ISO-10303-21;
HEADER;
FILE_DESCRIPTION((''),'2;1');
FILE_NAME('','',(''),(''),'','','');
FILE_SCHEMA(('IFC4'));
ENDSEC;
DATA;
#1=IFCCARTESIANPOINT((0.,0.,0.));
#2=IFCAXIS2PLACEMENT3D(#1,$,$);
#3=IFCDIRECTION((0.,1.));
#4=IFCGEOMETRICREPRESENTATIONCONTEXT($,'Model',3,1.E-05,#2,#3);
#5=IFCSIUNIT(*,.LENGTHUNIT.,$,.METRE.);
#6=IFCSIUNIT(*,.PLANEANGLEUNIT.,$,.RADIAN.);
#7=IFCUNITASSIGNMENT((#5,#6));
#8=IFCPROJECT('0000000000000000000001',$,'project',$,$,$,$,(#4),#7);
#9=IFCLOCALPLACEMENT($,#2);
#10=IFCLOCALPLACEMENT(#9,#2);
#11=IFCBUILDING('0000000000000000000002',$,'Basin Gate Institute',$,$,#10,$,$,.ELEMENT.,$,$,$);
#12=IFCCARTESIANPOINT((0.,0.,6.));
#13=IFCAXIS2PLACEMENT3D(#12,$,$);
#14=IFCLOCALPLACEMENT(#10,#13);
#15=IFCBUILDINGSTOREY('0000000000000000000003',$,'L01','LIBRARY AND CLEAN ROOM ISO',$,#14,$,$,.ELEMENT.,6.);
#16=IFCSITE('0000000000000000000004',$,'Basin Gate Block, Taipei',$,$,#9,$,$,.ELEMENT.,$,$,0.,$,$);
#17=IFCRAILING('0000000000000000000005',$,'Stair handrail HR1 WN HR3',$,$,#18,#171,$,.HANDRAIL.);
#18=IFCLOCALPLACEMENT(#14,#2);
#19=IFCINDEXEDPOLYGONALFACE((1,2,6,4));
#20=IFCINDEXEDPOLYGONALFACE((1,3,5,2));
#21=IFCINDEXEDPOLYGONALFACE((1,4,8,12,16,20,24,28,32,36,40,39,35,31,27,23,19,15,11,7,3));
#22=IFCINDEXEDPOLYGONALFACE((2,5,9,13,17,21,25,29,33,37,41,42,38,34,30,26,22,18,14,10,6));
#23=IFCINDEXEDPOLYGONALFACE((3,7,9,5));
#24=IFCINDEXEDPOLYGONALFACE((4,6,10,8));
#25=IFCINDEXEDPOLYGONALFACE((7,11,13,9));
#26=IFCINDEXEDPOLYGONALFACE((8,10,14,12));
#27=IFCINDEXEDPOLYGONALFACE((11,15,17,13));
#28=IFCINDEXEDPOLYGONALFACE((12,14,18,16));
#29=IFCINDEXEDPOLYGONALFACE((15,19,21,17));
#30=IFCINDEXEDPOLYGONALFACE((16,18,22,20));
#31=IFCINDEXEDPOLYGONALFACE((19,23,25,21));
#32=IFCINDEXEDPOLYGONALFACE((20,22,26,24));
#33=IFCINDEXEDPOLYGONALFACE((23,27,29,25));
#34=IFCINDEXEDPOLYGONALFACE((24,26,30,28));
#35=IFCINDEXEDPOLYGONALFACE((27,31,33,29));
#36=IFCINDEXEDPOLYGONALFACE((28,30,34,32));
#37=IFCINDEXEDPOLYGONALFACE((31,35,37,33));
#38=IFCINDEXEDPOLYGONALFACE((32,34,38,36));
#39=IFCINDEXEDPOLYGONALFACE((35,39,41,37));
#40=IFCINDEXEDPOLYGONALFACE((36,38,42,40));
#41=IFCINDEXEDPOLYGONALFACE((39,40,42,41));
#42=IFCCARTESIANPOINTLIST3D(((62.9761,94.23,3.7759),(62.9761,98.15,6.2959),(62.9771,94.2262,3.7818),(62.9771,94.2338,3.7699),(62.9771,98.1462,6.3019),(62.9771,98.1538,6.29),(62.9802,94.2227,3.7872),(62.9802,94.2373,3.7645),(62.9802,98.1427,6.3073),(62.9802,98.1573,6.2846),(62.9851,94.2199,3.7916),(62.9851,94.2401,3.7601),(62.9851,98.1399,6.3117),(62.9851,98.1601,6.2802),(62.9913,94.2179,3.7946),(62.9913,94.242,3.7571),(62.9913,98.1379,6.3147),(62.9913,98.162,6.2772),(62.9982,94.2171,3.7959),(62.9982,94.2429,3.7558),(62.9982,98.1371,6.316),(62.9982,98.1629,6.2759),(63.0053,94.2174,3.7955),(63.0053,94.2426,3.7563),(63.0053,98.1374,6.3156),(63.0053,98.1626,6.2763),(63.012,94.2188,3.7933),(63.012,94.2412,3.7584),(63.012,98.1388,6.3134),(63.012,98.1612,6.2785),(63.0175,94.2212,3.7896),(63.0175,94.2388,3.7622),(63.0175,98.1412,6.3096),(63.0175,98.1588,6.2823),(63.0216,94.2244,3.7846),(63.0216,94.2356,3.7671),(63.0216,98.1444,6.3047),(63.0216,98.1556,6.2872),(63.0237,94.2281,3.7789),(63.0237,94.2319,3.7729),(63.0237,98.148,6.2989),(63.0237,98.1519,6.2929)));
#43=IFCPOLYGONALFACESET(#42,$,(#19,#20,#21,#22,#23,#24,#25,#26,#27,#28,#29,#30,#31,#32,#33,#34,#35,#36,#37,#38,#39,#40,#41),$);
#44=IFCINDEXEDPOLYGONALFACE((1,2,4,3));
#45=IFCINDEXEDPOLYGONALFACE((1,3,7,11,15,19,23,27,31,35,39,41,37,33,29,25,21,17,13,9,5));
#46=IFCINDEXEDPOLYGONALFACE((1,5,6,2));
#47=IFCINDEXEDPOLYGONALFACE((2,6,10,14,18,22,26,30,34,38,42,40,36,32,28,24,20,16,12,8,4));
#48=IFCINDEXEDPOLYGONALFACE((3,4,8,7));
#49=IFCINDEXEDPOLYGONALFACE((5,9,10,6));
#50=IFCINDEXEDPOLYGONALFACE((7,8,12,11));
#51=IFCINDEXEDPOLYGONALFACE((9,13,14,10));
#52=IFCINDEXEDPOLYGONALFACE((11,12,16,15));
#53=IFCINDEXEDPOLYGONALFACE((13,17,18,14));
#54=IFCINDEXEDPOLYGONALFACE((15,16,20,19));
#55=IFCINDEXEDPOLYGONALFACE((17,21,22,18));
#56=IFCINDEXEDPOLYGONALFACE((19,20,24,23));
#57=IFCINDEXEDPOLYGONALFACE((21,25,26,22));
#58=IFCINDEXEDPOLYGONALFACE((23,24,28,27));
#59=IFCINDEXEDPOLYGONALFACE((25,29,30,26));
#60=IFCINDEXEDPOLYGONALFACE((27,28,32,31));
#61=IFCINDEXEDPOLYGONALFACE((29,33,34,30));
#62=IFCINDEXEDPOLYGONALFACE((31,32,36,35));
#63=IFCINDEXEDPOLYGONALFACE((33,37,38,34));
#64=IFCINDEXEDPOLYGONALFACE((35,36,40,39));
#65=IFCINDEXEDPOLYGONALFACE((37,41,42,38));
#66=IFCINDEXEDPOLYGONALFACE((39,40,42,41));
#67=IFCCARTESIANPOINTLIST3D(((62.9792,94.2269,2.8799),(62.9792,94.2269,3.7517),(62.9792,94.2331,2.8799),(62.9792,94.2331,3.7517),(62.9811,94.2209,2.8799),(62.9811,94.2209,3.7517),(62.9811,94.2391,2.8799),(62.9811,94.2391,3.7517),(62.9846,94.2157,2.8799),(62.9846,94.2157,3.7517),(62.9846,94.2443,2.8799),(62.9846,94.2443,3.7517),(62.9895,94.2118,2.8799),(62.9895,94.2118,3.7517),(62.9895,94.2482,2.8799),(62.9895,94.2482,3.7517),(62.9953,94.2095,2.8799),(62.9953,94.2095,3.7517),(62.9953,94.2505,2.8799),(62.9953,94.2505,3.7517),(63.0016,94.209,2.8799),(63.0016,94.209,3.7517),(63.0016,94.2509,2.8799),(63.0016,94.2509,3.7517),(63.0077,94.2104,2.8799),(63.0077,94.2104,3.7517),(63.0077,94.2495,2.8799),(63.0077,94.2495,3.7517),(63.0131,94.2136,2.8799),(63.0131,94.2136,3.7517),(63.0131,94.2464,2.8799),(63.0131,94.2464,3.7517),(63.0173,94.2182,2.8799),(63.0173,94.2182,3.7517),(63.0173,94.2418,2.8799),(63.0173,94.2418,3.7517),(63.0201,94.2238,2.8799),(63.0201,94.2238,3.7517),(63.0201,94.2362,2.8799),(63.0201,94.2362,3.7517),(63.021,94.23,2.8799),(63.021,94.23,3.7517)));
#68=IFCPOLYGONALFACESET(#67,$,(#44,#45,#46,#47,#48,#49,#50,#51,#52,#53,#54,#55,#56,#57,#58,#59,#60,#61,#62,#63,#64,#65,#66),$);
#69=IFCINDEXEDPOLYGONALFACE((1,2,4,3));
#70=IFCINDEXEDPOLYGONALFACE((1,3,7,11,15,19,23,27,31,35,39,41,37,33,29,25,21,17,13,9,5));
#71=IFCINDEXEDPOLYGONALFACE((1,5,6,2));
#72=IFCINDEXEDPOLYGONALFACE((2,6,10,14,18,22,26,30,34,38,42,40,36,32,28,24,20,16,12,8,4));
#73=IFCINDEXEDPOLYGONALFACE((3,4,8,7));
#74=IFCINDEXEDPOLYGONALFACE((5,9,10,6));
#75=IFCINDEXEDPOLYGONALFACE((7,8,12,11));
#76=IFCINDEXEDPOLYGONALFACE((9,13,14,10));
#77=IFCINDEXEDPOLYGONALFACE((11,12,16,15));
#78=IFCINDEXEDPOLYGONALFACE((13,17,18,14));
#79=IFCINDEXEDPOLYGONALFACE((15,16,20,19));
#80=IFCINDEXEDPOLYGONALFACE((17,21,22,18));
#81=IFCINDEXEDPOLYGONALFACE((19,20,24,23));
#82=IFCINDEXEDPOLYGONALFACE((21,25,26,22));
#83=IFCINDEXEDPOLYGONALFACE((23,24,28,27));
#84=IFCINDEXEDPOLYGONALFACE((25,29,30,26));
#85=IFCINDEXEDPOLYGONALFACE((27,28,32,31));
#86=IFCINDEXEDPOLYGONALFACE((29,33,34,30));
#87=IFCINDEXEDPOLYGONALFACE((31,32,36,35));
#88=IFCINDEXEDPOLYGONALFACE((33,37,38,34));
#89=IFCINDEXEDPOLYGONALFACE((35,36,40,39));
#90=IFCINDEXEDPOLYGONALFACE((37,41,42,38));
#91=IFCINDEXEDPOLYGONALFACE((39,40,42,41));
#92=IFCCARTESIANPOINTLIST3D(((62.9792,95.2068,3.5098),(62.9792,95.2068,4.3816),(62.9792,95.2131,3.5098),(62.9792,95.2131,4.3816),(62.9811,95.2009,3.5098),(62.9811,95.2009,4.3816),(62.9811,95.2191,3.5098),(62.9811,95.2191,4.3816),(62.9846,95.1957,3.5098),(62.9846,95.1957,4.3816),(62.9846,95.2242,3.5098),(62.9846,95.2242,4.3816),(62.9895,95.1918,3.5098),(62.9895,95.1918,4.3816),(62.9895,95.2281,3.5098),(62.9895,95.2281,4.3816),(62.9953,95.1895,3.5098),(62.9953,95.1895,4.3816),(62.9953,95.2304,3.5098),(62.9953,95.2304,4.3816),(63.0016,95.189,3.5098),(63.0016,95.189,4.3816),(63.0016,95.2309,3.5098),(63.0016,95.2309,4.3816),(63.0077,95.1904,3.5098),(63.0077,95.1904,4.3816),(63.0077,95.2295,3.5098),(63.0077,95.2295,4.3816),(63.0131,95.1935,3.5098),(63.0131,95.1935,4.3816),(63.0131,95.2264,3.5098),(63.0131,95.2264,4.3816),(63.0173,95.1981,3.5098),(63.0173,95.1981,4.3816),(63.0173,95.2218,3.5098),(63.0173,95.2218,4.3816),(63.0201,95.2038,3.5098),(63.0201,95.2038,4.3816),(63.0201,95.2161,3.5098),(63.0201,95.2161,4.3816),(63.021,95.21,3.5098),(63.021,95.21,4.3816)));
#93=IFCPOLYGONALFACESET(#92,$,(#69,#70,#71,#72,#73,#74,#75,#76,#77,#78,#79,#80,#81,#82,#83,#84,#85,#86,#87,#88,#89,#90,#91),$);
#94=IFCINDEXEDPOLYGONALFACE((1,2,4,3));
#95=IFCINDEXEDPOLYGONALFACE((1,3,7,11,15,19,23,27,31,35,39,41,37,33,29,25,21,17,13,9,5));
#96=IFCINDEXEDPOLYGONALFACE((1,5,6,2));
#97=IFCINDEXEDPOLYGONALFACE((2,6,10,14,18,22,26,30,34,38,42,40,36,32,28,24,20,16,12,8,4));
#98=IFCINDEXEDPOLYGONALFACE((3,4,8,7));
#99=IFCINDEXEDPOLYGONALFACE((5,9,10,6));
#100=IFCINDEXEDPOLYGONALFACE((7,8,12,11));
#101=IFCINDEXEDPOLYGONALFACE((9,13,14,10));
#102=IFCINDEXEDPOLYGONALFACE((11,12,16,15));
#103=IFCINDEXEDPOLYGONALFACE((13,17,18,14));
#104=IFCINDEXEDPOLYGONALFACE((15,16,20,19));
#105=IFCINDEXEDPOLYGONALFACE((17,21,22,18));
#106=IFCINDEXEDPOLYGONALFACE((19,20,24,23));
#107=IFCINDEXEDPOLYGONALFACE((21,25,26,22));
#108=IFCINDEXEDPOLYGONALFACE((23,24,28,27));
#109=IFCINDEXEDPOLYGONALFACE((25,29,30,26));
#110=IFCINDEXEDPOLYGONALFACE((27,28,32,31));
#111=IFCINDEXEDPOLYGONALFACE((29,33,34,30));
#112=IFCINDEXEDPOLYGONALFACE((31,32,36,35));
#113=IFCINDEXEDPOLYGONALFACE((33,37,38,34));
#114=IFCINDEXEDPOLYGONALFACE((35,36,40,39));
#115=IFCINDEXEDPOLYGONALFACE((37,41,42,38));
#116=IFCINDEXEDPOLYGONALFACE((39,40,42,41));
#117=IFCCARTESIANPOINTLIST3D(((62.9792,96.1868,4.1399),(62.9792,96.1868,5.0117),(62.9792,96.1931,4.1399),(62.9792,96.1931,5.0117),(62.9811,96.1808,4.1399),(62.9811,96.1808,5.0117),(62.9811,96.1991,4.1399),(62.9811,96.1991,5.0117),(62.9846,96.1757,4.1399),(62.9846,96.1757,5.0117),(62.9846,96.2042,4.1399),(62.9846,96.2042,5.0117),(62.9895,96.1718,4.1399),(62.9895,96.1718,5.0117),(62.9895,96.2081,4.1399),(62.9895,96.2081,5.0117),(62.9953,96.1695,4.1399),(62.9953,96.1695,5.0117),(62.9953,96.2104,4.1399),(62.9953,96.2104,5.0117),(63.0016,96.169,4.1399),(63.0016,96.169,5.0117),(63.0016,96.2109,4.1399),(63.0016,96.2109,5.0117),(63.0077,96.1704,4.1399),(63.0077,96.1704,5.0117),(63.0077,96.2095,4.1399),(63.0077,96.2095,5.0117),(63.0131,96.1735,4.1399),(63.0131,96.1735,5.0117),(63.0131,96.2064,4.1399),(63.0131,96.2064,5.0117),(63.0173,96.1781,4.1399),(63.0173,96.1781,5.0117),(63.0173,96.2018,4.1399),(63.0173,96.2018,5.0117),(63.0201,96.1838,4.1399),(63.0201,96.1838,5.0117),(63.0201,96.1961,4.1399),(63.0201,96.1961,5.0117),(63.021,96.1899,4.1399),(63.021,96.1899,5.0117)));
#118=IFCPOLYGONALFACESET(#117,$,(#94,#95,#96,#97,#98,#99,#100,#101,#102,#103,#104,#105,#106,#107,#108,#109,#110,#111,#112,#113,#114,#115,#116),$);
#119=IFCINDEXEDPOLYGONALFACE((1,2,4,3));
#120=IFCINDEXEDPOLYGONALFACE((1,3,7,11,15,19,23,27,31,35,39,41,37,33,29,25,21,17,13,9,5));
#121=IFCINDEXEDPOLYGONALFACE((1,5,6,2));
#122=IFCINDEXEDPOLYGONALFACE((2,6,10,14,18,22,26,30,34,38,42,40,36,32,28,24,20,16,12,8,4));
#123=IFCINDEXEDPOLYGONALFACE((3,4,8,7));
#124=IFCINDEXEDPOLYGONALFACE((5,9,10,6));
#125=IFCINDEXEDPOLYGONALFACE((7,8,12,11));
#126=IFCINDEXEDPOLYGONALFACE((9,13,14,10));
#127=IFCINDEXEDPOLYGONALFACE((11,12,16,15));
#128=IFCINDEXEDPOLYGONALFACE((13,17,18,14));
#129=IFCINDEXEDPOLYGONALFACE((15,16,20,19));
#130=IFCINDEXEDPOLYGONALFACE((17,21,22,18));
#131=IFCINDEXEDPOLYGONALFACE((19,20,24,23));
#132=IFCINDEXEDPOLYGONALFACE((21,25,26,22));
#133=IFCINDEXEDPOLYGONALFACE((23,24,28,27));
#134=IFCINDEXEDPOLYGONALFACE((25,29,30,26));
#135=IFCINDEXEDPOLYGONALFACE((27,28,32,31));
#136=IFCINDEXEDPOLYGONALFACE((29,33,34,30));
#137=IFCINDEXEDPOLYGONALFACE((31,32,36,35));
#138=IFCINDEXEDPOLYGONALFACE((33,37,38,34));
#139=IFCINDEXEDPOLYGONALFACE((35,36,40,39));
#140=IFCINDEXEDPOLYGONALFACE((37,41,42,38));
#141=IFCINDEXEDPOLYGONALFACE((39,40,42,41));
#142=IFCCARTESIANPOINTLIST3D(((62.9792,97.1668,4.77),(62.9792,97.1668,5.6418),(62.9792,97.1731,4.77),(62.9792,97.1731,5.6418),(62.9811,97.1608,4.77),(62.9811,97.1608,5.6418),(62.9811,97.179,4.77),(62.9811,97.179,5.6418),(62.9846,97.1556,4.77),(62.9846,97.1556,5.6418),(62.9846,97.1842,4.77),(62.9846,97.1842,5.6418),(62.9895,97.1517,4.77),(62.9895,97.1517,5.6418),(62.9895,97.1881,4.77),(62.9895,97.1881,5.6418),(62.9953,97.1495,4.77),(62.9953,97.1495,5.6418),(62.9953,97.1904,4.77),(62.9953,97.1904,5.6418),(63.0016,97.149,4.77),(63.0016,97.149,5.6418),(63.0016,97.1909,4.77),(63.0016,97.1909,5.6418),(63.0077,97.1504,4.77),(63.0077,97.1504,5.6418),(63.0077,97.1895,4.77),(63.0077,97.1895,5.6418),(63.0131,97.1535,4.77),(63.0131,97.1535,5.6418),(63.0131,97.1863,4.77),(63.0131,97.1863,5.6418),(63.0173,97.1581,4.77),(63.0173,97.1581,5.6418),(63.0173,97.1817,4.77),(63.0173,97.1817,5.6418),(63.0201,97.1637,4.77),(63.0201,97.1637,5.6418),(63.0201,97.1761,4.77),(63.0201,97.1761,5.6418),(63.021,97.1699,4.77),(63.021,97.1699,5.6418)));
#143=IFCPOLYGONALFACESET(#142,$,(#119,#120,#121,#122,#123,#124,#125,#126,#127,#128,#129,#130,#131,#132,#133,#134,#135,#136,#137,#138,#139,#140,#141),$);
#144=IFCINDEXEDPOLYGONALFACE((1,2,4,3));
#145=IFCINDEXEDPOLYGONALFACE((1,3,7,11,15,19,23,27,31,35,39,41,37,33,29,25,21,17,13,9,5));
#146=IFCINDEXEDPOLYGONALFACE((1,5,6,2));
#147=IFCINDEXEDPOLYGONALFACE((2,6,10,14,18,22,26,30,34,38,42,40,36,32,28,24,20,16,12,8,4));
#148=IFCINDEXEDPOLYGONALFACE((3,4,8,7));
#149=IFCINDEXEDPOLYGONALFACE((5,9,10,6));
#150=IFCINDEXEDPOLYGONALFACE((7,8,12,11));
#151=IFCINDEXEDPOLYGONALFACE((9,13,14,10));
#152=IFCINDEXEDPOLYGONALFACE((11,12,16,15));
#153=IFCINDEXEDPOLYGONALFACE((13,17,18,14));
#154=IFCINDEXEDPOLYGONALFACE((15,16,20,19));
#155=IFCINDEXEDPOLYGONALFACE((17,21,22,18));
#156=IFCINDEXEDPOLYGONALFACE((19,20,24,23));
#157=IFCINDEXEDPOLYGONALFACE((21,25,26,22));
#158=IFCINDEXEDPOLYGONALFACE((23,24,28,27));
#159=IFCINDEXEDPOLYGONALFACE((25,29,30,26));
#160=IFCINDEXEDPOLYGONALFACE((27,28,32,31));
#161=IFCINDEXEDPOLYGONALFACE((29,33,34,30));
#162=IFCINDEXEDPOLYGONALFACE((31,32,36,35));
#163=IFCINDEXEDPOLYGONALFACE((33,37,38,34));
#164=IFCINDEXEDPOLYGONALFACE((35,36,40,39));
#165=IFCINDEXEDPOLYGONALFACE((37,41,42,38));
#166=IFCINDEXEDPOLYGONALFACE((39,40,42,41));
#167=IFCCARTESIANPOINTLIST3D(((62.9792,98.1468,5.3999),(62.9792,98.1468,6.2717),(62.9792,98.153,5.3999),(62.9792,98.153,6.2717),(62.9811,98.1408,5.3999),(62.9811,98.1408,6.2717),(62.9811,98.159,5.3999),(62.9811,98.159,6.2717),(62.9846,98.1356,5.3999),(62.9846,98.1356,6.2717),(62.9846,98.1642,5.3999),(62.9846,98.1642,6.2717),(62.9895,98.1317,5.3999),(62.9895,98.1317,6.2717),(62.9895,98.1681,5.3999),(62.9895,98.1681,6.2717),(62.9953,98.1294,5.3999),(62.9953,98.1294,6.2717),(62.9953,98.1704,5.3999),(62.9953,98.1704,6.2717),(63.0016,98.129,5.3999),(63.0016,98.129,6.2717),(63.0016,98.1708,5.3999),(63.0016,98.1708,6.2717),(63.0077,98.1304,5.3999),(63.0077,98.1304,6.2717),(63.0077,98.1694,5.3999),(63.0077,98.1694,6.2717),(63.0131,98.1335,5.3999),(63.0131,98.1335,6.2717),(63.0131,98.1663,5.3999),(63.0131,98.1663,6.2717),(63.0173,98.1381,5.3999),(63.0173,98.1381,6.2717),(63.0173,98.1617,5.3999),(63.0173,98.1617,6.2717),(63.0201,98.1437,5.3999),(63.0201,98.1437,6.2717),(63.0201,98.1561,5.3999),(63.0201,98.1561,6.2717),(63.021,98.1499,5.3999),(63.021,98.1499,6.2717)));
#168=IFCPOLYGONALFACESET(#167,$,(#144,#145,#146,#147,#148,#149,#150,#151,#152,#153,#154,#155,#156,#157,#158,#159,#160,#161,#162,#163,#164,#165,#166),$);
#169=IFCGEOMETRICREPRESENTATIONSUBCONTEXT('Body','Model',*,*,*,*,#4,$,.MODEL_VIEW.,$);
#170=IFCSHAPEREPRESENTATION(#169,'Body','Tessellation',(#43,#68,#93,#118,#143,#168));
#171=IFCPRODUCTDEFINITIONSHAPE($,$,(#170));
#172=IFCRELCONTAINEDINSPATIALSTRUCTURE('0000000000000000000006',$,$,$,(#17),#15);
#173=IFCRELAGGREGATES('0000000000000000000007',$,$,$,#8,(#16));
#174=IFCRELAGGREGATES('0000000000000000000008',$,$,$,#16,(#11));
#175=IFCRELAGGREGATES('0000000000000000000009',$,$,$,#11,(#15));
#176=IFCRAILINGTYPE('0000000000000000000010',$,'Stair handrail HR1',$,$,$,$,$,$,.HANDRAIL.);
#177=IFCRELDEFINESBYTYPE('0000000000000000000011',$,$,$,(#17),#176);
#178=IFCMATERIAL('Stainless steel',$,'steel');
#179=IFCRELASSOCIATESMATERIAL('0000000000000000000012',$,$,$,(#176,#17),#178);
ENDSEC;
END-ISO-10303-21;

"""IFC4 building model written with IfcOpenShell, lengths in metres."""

from ifc_helpers import new_model, si_unit, direction, frame, origin, origin_2d, place, context, subcontext, project, spatial, circle, extrude, material, type_object, element, save


model = new_model("IFC4")

# Units and contexts
model_context = context("Model", 3, precision=1e-05, world=origin(), true_north=direction((0.0, 1.0)))
body_context = subcontext(model_context, "Body", "Model", "MODEL_VIEW")
ifc_project = project(units=[si_unit("LENGTHUNIT", "METRE"), si_unit("PLANEANGLEUNIT", "RADIAN")], contexts=[model_context])

# Site, building, storey
site_placement = place(None, origin())
site = spatial("IfcSite", under=ifc_project, at=site_placement, Name="Basin Gate Block, Taipei", CompositionType="ELEMENT", RefElevation=0.0)
building_placement = place(site_placement, origin())
building = spatial("IfcBuilding", under=site, at=building_placement, Name="Basin Gate Institute", CompositionType="ELEMENT")
storey_placement = place(building_placement, frame((0.0, 0.0, 6.0)))
storey = spatial("IfcBuildingStorey", under=building, at=storey_placement, Name="L01", Description="LIBRARY AND CLEAN ROOM ISO", CompositionType="ELEMENT", Elevation=6.0)

# Railing
ifc_material_1 = material(Name="Stainless steel", Category="steel")
railing_type_1 = type_object("IfcRailingType", Name="Stair handrail HR1", PredefinedType="HANDRAIL", material=ifc_material_1)
railing_1_placement = place(storey_placement, frame((63.0, 94.23, 2.8799)))
element("IfcRailing", 1, at=railing_1_placement, inside=storey, type_object=railing_type_1, material=ifc_material_1, Name="Stair handrail HR1 WN HR3", PredefinedType="HANDRAIL", context=body_context, shape_type="SweptSolid", body=[
    extrude(circle(Radius=0.0239, at=origin_2d()), frame((0.0, 0.0, 0.896), z_axis=(0.0, 0.841172, 0.540768), x_axis=(-1.0, 0.0, 0.0)), (0.0, 0.0, 1.0), 4.6602),
    extrude(circle(Radius=0.021, at=origin_2d()), origin(), (0.0, 0.0, 1.0), 0.8718),
    extrude(circle(Radius=0.021, at=origin_2d()), frame((0.0, 0.98, 0.6299)), (0.0, 0.0, 1.0), 0.8718),
    extrude(circle(Radius=0.021, at=origin_2d()), frame((0.0, 1.96, 1.26)), (0.0, 0.0, 1.0), 0.8718),
    extrude(circle(Radius=0.021, at=origin_2d()), frame((0.0, 2.9399, 1.8901)), (0.0, 0.0, 1.0), 0.8718),
    extrude(circle(Radius=0.021, at=origin_2d()), frame((0.0, 3.9199, 2.52)), (0.0, 0.0, 1.0), 0.8718),
])

save(model, "model.ifc")
